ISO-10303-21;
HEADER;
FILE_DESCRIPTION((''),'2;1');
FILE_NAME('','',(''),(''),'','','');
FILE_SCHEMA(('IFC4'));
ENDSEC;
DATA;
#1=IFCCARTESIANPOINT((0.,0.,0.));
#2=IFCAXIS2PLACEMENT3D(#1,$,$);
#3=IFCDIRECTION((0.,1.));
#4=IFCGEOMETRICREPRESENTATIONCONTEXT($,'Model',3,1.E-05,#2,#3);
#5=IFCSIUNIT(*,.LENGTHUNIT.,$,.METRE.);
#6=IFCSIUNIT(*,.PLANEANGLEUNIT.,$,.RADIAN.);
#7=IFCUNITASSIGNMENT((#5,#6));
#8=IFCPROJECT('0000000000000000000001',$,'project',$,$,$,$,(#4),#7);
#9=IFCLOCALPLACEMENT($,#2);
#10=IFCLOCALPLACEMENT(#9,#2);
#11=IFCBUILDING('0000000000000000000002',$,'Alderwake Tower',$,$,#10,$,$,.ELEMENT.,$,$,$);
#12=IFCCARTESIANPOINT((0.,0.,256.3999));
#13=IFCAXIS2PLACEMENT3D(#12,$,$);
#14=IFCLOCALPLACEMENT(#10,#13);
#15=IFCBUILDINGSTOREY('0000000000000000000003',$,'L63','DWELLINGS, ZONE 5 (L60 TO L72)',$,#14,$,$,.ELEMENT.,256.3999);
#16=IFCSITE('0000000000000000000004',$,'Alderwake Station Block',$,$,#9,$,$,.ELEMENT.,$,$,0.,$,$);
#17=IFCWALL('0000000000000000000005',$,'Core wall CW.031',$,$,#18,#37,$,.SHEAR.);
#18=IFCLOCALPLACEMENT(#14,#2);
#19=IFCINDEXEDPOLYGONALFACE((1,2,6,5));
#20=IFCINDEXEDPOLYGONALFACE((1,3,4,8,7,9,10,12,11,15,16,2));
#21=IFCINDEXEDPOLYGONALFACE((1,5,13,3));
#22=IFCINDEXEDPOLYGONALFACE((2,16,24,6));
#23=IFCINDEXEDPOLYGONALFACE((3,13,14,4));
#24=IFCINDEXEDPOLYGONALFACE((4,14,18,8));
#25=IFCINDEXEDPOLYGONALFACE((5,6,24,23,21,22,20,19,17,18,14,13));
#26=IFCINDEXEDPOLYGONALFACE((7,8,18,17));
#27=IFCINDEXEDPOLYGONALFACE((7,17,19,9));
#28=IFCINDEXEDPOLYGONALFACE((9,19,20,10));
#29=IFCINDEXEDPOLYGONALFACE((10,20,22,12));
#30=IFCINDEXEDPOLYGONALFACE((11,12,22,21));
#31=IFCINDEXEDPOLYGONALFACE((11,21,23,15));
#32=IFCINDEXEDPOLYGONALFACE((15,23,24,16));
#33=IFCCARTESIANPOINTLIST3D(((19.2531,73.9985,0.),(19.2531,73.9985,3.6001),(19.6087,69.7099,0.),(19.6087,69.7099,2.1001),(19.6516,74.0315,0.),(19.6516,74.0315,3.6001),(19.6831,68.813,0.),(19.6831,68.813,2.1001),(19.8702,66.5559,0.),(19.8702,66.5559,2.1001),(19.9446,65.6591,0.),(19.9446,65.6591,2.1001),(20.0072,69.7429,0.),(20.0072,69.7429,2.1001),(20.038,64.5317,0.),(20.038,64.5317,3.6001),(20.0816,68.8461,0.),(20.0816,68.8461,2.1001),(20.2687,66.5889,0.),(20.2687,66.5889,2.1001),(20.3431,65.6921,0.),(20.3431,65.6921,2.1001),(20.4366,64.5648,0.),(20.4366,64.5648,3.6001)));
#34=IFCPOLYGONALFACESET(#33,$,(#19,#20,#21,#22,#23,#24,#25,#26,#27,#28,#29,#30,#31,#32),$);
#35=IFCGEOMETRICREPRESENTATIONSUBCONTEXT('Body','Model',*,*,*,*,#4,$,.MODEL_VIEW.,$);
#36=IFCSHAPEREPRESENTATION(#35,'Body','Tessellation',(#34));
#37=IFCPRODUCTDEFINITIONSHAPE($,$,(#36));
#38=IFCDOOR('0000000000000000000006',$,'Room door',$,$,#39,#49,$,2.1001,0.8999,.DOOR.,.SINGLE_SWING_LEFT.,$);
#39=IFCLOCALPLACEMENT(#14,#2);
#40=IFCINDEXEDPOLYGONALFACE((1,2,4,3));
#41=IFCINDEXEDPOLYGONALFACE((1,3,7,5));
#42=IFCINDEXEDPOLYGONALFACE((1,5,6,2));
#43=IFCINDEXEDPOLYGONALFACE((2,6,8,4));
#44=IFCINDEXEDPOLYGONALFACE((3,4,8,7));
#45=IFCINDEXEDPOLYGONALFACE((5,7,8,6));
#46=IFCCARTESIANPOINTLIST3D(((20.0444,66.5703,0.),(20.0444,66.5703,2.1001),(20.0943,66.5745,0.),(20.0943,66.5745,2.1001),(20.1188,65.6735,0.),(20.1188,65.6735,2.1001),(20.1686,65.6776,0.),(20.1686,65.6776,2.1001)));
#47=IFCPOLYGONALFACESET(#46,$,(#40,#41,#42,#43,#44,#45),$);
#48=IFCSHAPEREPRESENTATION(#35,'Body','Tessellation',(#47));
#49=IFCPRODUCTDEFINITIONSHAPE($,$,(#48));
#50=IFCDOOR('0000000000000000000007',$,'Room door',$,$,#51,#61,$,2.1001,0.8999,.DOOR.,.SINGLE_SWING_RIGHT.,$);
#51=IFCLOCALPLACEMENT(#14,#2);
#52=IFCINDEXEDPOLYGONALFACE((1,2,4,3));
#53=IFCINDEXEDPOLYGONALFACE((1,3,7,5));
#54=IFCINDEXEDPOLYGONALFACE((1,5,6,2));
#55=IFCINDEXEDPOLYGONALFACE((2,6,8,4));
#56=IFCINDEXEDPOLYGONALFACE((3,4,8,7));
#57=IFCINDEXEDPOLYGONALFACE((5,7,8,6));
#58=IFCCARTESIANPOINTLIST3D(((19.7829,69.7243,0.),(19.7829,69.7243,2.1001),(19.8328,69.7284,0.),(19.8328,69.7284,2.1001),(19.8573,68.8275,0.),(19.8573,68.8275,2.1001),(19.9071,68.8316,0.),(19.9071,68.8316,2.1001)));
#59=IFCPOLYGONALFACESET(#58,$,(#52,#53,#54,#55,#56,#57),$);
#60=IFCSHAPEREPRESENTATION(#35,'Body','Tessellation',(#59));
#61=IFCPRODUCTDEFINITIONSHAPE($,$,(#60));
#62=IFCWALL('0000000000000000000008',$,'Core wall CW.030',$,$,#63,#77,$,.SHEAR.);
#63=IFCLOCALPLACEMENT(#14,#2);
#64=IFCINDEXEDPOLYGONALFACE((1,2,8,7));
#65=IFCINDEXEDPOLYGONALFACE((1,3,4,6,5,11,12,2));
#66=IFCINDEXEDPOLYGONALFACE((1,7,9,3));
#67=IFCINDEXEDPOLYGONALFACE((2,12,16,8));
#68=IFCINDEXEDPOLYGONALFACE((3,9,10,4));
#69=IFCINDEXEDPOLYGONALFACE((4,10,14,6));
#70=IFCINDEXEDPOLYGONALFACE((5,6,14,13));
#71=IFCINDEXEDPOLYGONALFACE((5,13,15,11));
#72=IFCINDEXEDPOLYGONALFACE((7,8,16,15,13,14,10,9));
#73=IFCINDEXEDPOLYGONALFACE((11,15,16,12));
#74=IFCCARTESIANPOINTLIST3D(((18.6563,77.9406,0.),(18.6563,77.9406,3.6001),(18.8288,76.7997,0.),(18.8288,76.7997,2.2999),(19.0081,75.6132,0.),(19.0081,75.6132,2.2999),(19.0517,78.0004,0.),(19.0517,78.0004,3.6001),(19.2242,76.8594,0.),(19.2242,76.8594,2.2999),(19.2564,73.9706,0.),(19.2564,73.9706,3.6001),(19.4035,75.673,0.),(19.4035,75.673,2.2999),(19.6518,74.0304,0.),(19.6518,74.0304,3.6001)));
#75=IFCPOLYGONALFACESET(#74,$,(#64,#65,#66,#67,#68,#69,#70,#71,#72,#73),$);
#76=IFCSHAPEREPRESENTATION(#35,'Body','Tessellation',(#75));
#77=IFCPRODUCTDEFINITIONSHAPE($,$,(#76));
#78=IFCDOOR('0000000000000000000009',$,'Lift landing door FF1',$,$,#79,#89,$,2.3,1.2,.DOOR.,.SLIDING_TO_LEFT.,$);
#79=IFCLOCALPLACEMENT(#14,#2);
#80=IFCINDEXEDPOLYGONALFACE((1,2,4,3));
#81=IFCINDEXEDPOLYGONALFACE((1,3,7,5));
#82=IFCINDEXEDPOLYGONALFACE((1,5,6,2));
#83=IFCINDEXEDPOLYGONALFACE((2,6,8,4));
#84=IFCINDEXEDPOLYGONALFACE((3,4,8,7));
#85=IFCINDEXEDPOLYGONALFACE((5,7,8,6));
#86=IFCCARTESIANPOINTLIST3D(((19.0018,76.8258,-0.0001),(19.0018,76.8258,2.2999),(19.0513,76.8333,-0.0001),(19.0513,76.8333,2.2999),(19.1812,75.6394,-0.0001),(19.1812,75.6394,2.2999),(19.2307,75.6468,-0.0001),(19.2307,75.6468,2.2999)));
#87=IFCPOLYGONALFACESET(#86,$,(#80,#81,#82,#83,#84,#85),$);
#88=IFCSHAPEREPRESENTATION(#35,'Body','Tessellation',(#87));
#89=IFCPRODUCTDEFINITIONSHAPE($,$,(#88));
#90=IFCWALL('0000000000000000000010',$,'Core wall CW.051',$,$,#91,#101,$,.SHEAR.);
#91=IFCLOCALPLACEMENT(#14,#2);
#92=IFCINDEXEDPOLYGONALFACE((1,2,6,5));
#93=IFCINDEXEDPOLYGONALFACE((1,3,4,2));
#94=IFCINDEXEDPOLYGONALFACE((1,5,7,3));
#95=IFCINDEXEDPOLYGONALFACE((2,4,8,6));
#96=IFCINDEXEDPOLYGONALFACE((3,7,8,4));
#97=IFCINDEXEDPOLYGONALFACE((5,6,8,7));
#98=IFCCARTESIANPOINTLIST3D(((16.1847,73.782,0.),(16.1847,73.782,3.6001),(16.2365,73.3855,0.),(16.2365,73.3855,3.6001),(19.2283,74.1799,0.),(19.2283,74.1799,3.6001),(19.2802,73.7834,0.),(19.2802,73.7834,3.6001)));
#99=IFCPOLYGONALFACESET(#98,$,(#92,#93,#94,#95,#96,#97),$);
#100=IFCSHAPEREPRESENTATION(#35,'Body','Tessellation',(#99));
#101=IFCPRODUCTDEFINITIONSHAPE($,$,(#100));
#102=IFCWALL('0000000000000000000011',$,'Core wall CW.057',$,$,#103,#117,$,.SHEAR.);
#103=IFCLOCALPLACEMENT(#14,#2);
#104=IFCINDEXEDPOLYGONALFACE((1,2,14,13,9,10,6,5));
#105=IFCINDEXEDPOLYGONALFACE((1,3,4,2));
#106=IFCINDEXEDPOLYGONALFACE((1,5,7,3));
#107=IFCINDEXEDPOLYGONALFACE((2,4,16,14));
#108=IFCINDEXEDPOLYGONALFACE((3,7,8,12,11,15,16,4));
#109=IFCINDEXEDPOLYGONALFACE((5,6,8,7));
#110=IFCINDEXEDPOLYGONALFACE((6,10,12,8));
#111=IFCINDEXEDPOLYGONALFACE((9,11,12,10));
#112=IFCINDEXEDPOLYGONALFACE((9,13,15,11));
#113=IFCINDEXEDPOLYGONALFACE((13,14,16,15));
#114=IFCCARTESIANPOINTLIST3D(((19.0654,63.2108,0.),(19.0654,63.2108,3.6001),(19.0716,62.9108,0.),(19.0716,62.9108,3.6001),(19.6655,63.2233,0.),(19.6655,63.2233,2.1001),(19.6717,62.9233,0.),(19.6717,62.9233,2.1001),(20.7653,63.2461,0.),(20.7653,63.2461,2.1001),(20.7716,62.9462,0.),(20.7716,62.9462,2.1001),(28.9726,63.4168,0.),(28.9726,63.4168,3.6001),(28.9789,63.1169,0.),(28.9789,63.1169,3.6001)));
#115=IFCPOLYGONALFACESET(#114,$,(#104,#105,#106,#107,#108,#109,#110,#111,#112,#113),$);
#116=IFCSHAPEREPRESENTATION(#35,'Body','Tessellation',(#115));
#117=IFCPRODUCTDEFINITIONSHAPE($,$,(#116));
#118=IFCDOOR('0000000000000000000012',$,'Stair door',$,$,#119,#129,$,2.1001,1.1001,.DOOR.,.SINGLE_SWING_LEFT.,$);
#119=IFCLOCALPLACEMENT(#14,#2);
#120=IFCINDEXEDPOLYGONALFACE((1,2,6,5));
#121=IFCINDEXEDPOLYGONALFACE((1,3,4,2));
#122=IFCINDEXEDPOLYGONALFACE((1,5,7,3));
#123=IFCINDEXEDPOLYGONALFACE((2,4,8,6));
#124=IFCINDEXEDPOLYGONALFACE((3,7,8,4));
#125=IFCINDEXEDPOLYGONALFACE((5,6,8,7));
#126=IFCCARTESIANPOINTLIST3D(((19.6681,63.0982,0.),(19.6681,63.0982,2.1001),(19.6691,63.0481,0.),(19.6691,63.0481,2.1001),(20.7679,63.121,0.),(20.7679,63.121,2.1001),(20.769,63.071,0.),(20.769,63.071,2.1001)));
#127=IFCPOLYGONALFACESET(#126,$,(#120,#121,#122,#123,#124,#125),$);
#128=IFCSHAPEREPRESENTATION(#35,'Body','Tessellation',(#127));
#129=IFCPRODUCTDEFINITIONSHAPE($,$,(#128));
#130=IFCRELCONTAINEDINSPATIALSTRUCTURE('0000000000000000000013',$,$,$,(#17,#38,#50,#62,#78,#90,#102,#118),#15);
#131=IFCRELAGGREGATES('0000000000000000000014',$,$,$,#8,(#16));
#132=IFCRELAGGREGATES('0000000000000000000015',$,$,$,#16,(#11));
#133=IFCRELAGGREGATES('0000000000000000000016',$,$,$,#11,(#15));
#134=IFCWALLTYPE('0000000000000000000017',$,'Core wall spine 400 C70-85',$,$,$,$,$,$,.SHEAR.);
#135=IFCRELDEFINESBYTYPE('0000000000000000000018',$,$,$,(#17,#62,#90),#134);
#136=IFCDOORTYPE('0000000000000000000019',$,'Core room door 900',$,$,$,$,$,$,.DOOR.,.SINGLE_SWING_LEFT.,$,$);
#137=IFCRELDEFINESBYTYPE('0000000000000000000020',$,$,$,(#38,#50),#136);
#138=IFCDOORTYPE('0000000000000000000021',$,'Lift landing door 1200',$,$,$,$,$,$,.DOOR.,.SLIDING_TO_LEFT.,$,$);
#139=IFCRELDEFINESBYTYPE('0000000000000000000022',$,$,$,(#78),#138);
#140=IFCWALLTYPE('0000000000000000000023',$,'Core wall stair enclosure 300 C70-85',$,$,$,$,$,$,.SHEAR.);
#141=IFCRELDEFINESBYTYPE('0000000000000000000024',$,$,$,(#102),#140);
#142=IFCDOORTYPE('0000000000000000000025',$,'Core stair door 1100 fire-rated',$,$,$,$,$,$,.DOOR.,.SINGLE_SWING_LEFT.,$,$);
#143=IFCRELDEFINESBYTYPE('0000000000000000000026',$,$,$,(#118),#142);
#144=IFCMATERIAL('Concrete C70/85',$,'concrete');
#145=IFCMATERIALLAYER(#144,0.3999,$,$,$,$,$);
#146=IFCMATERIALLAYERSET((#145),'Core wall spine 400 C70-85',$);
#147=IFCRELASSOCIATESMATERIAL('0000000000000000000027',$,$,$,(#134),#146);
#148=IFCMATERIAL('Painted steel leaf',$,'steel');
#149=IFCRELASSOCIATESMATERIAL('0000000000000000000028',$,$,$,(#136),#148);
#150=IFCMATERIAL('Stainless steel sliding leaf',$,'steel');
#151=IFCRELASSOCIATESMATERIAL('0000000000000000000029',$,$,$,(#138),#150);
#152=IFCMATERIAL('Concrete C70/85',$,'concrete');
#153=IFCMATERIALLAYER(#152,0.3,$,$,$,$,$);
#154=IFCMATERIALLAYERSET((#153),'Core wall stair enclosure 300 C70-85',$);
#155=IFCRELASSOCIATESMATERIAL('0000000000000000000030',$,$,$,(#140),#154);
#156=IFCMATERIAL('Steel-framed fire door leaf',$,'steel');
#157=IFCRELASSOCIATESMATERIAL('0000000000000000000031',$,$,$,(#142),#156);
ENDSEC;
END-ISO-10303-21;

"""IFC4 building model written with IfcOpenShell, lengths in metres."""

from ifc_helpers import new_model, si_unit, direction, frame, frame_2d, origin, place, context, subcontext, project, spatial, rectangle, extrude, material, layer, layer_set, type_object, element, fill, save


model = new_model("IFC4")

# Units and contexts
model_context = context("Model", 3, precision=1e-05, world=origin(), true_north=direction((0.0, 1.0)))
body_context = subcontext(model_context, "Body", "Model", "MODEL_VIEW")
ifc_project = project(units=[si_unit("LENGTHUNIT", "METRE"), si_unit("PLANEANGLEUNIT", "RADIAN")], contexts=[model_context])

# Site, building, storey
site_placement = place(None, origin())
site = spatial("IfcSite", under=ifc_project, at=site_placement, Name="Alderwake Station Block", CompositionType="ELEMENT", RefElevation=0.0)
building_placement = place(site_placement, origin())
building = spatial("IfcBuilding", under=site, at=building_placement, Name="Alderwake Tower", CompositionType="ELEMENT")
storey_placement = place(building_placement, frame((0.0, 0.0, 256.3999)))
storey = spatial("IfcBuildingStorey", under=building, at=storey_placement, Name="L63", Description="DWELLINGS, ZONE 5 (L60 TO L72)", CompositionType="ELEMENT", Elevation=256.3999)

# Wall, openings, doors
ifc_material_1 = material(Name="Concrete C70/85", Category="concrete")
ifc_layer_1 = layer(ifc_material_1, 0.3999)
ifc_layer_set_1 = layer_set([ifc_layer_1], Name="Core wall spine 400 C70-85")
wall_type_1 = type_object("IfcWallType", Name="Core wall spine 400 C70-85", PredefinedType="SHEAR", material=ifc_layer_set_1)
wall_1_placement = place(storey_placement, frame((19.4524, 74.0149, 0.0), z_axis=(0.0, 0.0, 1.0), x_axis=(0.082629, -0.99658, 0.0)))
wall_1 = element("IfcWall", 1, at=wall_1_placement, inside=storey, type_object=wall_type_1, Name="Core wall CW.031", PredefinedType="SHEAR", context=body_context, shape_type="SweptSolid", body=[
    extrude(rectangle(XDim=9.4993, YDim=0.3999, at=frame_2d((4.7495, 0.0))), origin(), (0.0, 0.0, 1.0), 3.6001),
])
opening_1_placement = place(wall_1_placement, frame((7.468, 0.0, 0.0)))
opening_1 = element("IfcOpeningElement", 2, at=opening_1_placement, cuts=wall_1, PredefinedType="OPENING", context=body_context, shape_type="SweptSolid", body=[
    extrude(rectangle(XDim=0.8999, YDim=2.1001, at=frame_2d((0.45, 1.05))), frame((0.0, 0.21, 0.0), z_axis=(0.0, -1.0, 0.0), x_axis=(1.0, 0.0, 0.0)), (0.0, 0.0, 1.0), 0.4199),
])
opening_2_placement = place(wall_1_placement, frame((4.3032, 0.0, 0.0)))
opening_2 = element("IfcOpeningElement", 3, at=opening_2_placement, cuts=wall_1, PredefinedType="OPENING", context=body_context, shape_type="SweptSolid", body=[
    extrude(rectangle(XDim=0.8999, YDim=2.1001, at=frame_2d((0.45, 1.05))), frame((0.0, 0.21, 0.0), z_axis=(0.0, -1.0, 0.0), x_axis=(1.0, 0.0, 0.0)), (0.0, 0.0, 1.0), 0.4199),
])
ifc_material_2 = material(Name="Painted steel leaf", Category="steel")
door_type_1 = type_object("IfcDoorType", Name="Core room door 900", OperationType="SINGLE_SWING_LEFT", PredefinedType="DOOR", material=ifc_material_2)
door_1_placement = place(opening_1_placement, origin())
door_1 = element("IfcDoor", 4, at=door_1_placement, inside=storey, type_object=door_type_1, Name="Room door", OperationType="SINGLE_SWING_LEFT", OverallHeight=2.1001, OverallWidth=0.8999, PredefinedType="DOOR", context=body_context, shape_type="SweptSolid", body=[
    extrude(rectangle(XDim=0.8999, YDim=2.1001, at=frame_2d((0.45, 1.05))), frame((0.0, 0.0249, 0.0), z_axis=(0.0, -1.0, 0.0), x_axis=(1.0, 0.0, 0.0)), (0.0, 0.0, 1.0), 0.05),
])
fill(opening_1, door_1)
door_2_placement = place(opening_2_placement, origin())
door_2 = element("IfcDoor", 5, at=door_2_placement, inside=storey, type_object=door_type_1, Name="Room door", OperationType="SINGLE_SWING_RIGHT", OverallHeight=2.1001, OverallWidth=0.8999, PredefinedType="DOOR", context=body_context, shape_type="SweptSolid", body=[
    extrude(rectangle(XDim=0.8999, YDim=2.1001, at=frame_2d((0.45, 1.05))), frame((0.0, 0.0249, 0.0), z_axis=(0.0, -1.0, 0.0), x_axis=(1.0, 0.0, 0.0)), (0.0, 0.0, 1.0), 0.05),
])
fill(opening_2, door_2)

# Wall, opening, door
wall_2_placement = place(storey_placement, frame((19.4541, 74.0005, 0.0), z_axis=(0.0, 0.0, 1.0), x_axis=(-0.149461, 0.988768, 0.0)))
wall_2 = element("IfcWall", 6, at=wall_2_placement, inside=storey, type_object=wall_type_1, Name="Core wall CW.030", PredefinedType="SHEAR", context=body_context, shape_type="SweptSolid", body=[
    extrude(rectangle(XDim=4.0151, YDim=0.3999, at=frame_2d((2.0076, 0.0))), origin(), (0.0, 0.0, 1.0), 3.6001),
])
opening_3_placement = place(wall_2_placement, frame((1.6611, 0.0, 0.0)))
opening_3 = element("IfcOpeningElement", 7, at=opening_3_placement, cuts=wall_2, PredefinedType="OPENING", context=body_context, shape_type="SweptSolid", body=[
    extrude(rectangle(XDim=1.2, YDim=2.3, at=frame_2d((0.6001, 1.1499))), frame((0.0, 0.21, 0.0), z_axis=(0.0, -1.0, 0.0), x_axis=(1.0, 0.0, 0.0)), (0.0, 0.0, 1.0), 0.4199),
])
ifc_material_3 = material(Name="Stainless steel sliding leaf", Category="steel")
door_type_2 = type_object("IfcDoorType", Name="Lift landing door 1200", OperationType="SLIDING_TO_LEFT", PredefinedType="DOOR", material=ifc_material_3)
door_3_placement = place(opening_3_placement, origin())
door_3 = element("IfcDoor", 8, at=door_3_placement, inside=storey, type_object=door_type_2, Name="Lift landing door FF1", OperationType="SLIDING_TO_LEFT", OverallHeight=2.3, OverallWidth=1.2, PredefinedType="DOOR", context=body_context, shape_type="SweptSolid", body=[
    extrude(rectangle(XDim=1.2, YDim=2.3, at=frame_2d((0.6001, 1.1499))), frame((0.0, 0.0249, 0.0), z_axis=(0.0, -1.0, 0.0), x_axis=(1.0, 0.0, 0.0)), (0.0, 0.0, 1.0), 0.05),
])
fill(opening_3, door_3)

# Wall
wall_3_placement = place(storey_placement, frame((16.2107, 73.5837, 0.0), z_axis=(0.0, 0.0, 1.0), x_axis=(0.991561, 0.129642, 0.0)))
element("IfcWall", 9, at=wall_3_placement, inside=storey, type_object=wall_type_1, Name="Core wall CW.051", PredefinedType="SHEAR", context=body_context, shape_type="SweptSolid", body=[
    extrude(rectangle(XDim=3.0696, YDim=0.3999, at=frame_2d((1.5347, 0.0))), origin(), (0.0, 0.0, 1.0), 3.6001),
])

# Wall, opening, door
ifc_material_4 = material(Name="Concrete C70/85", Category="concrete")
ifc_layer_2 = layer(ifc_material_4, 0.3)
ifc_layer_set_2 = layer_set([ifc_layer_2], Name="Core wall stair enclosure 300 C70-85")
wall_type_2 = type_object("IfcWallType", Name="Core wall stair enclosure 300 C70-85", PredefinedType="SHEAR", material=ifc_layer_set_2)
wall_4_placement = place(storey_placement, frame((19.0686, 63.0608, 0.0), z_axis=(0.0, 0.0, 1.0), x_axis=(0.999784, 0.020794, 0.0)))
wall_4 = element("IfcWall", 10, at=wall_4_placement, inside=storey, type_object=wall_type_2, Name="Core wall CW.057", PredefinedType="SHEAR", context=body_context, shape_type="SweptSolid", body=[
    extrude(rectangle(XDim=9.9094, YDim=0.3, at=frame_2d((4.9546, 0.0))), origin(), (0.0, 0.0, 1.0), 3.6001),
])
opening_4_placement = place(wall_4_placement, frame((0.6001, 0.0, 0.0)))
opening_4 = element("IfcOpeningElement", 11, at=opening_4_placement, cuts=wall_4, PredefinedType="OPENING", context=body_context, shape_type="SweptSolid", body=[
    extrude(rectangle(XDim=1.1001, YDim=2.1001, at=frame_2d((0.55, 1.05))), frame((0.0, 0.1599, 0.0), z_axis=(0.0, -1.0, 0.0), x_axis=(1.0, 0.0, 0.0)), (0.0, 0.0, 1.0), 0.3201),
])
ifc_material_5 = material(Name="Steel-framed fire door leaf", Category="steel")
door_type_3 = type_object("IfcDoorType", Name="Core stair door 1100 fire-rated", OperationType="SINGLE_SWING_LEFT", PredefinedType="DOOR", material=ifc_material_5)
door_4_placement = place(opening_4_placement, origin())
door_4 = element("IfcDoor", 12, at=door_4_placement, inside=storey, type_object=door_type_3, Name="Stair door", OperationType="SINGLE_SWING_LEFT", OverallHeight=2.1001, OverallWidth=1.1001, PredefinedType="DOOR", context=body_context, shape_type="SweptSolid", body=[
    extrude(rectangle(XDim=1.1001, YDim=2.1001, at=frame_2d((0.55, 1.05))), frame((0.0, 0.0249, 0.0), z_axis=(0.0, -1.0, 0.0), x_axis=(1.0, 0.0, 0.0)), (0.0, 0.0, 1.0), 0.05),
])
fill(opening_4, door_4)

save(model, "model.ifc")
